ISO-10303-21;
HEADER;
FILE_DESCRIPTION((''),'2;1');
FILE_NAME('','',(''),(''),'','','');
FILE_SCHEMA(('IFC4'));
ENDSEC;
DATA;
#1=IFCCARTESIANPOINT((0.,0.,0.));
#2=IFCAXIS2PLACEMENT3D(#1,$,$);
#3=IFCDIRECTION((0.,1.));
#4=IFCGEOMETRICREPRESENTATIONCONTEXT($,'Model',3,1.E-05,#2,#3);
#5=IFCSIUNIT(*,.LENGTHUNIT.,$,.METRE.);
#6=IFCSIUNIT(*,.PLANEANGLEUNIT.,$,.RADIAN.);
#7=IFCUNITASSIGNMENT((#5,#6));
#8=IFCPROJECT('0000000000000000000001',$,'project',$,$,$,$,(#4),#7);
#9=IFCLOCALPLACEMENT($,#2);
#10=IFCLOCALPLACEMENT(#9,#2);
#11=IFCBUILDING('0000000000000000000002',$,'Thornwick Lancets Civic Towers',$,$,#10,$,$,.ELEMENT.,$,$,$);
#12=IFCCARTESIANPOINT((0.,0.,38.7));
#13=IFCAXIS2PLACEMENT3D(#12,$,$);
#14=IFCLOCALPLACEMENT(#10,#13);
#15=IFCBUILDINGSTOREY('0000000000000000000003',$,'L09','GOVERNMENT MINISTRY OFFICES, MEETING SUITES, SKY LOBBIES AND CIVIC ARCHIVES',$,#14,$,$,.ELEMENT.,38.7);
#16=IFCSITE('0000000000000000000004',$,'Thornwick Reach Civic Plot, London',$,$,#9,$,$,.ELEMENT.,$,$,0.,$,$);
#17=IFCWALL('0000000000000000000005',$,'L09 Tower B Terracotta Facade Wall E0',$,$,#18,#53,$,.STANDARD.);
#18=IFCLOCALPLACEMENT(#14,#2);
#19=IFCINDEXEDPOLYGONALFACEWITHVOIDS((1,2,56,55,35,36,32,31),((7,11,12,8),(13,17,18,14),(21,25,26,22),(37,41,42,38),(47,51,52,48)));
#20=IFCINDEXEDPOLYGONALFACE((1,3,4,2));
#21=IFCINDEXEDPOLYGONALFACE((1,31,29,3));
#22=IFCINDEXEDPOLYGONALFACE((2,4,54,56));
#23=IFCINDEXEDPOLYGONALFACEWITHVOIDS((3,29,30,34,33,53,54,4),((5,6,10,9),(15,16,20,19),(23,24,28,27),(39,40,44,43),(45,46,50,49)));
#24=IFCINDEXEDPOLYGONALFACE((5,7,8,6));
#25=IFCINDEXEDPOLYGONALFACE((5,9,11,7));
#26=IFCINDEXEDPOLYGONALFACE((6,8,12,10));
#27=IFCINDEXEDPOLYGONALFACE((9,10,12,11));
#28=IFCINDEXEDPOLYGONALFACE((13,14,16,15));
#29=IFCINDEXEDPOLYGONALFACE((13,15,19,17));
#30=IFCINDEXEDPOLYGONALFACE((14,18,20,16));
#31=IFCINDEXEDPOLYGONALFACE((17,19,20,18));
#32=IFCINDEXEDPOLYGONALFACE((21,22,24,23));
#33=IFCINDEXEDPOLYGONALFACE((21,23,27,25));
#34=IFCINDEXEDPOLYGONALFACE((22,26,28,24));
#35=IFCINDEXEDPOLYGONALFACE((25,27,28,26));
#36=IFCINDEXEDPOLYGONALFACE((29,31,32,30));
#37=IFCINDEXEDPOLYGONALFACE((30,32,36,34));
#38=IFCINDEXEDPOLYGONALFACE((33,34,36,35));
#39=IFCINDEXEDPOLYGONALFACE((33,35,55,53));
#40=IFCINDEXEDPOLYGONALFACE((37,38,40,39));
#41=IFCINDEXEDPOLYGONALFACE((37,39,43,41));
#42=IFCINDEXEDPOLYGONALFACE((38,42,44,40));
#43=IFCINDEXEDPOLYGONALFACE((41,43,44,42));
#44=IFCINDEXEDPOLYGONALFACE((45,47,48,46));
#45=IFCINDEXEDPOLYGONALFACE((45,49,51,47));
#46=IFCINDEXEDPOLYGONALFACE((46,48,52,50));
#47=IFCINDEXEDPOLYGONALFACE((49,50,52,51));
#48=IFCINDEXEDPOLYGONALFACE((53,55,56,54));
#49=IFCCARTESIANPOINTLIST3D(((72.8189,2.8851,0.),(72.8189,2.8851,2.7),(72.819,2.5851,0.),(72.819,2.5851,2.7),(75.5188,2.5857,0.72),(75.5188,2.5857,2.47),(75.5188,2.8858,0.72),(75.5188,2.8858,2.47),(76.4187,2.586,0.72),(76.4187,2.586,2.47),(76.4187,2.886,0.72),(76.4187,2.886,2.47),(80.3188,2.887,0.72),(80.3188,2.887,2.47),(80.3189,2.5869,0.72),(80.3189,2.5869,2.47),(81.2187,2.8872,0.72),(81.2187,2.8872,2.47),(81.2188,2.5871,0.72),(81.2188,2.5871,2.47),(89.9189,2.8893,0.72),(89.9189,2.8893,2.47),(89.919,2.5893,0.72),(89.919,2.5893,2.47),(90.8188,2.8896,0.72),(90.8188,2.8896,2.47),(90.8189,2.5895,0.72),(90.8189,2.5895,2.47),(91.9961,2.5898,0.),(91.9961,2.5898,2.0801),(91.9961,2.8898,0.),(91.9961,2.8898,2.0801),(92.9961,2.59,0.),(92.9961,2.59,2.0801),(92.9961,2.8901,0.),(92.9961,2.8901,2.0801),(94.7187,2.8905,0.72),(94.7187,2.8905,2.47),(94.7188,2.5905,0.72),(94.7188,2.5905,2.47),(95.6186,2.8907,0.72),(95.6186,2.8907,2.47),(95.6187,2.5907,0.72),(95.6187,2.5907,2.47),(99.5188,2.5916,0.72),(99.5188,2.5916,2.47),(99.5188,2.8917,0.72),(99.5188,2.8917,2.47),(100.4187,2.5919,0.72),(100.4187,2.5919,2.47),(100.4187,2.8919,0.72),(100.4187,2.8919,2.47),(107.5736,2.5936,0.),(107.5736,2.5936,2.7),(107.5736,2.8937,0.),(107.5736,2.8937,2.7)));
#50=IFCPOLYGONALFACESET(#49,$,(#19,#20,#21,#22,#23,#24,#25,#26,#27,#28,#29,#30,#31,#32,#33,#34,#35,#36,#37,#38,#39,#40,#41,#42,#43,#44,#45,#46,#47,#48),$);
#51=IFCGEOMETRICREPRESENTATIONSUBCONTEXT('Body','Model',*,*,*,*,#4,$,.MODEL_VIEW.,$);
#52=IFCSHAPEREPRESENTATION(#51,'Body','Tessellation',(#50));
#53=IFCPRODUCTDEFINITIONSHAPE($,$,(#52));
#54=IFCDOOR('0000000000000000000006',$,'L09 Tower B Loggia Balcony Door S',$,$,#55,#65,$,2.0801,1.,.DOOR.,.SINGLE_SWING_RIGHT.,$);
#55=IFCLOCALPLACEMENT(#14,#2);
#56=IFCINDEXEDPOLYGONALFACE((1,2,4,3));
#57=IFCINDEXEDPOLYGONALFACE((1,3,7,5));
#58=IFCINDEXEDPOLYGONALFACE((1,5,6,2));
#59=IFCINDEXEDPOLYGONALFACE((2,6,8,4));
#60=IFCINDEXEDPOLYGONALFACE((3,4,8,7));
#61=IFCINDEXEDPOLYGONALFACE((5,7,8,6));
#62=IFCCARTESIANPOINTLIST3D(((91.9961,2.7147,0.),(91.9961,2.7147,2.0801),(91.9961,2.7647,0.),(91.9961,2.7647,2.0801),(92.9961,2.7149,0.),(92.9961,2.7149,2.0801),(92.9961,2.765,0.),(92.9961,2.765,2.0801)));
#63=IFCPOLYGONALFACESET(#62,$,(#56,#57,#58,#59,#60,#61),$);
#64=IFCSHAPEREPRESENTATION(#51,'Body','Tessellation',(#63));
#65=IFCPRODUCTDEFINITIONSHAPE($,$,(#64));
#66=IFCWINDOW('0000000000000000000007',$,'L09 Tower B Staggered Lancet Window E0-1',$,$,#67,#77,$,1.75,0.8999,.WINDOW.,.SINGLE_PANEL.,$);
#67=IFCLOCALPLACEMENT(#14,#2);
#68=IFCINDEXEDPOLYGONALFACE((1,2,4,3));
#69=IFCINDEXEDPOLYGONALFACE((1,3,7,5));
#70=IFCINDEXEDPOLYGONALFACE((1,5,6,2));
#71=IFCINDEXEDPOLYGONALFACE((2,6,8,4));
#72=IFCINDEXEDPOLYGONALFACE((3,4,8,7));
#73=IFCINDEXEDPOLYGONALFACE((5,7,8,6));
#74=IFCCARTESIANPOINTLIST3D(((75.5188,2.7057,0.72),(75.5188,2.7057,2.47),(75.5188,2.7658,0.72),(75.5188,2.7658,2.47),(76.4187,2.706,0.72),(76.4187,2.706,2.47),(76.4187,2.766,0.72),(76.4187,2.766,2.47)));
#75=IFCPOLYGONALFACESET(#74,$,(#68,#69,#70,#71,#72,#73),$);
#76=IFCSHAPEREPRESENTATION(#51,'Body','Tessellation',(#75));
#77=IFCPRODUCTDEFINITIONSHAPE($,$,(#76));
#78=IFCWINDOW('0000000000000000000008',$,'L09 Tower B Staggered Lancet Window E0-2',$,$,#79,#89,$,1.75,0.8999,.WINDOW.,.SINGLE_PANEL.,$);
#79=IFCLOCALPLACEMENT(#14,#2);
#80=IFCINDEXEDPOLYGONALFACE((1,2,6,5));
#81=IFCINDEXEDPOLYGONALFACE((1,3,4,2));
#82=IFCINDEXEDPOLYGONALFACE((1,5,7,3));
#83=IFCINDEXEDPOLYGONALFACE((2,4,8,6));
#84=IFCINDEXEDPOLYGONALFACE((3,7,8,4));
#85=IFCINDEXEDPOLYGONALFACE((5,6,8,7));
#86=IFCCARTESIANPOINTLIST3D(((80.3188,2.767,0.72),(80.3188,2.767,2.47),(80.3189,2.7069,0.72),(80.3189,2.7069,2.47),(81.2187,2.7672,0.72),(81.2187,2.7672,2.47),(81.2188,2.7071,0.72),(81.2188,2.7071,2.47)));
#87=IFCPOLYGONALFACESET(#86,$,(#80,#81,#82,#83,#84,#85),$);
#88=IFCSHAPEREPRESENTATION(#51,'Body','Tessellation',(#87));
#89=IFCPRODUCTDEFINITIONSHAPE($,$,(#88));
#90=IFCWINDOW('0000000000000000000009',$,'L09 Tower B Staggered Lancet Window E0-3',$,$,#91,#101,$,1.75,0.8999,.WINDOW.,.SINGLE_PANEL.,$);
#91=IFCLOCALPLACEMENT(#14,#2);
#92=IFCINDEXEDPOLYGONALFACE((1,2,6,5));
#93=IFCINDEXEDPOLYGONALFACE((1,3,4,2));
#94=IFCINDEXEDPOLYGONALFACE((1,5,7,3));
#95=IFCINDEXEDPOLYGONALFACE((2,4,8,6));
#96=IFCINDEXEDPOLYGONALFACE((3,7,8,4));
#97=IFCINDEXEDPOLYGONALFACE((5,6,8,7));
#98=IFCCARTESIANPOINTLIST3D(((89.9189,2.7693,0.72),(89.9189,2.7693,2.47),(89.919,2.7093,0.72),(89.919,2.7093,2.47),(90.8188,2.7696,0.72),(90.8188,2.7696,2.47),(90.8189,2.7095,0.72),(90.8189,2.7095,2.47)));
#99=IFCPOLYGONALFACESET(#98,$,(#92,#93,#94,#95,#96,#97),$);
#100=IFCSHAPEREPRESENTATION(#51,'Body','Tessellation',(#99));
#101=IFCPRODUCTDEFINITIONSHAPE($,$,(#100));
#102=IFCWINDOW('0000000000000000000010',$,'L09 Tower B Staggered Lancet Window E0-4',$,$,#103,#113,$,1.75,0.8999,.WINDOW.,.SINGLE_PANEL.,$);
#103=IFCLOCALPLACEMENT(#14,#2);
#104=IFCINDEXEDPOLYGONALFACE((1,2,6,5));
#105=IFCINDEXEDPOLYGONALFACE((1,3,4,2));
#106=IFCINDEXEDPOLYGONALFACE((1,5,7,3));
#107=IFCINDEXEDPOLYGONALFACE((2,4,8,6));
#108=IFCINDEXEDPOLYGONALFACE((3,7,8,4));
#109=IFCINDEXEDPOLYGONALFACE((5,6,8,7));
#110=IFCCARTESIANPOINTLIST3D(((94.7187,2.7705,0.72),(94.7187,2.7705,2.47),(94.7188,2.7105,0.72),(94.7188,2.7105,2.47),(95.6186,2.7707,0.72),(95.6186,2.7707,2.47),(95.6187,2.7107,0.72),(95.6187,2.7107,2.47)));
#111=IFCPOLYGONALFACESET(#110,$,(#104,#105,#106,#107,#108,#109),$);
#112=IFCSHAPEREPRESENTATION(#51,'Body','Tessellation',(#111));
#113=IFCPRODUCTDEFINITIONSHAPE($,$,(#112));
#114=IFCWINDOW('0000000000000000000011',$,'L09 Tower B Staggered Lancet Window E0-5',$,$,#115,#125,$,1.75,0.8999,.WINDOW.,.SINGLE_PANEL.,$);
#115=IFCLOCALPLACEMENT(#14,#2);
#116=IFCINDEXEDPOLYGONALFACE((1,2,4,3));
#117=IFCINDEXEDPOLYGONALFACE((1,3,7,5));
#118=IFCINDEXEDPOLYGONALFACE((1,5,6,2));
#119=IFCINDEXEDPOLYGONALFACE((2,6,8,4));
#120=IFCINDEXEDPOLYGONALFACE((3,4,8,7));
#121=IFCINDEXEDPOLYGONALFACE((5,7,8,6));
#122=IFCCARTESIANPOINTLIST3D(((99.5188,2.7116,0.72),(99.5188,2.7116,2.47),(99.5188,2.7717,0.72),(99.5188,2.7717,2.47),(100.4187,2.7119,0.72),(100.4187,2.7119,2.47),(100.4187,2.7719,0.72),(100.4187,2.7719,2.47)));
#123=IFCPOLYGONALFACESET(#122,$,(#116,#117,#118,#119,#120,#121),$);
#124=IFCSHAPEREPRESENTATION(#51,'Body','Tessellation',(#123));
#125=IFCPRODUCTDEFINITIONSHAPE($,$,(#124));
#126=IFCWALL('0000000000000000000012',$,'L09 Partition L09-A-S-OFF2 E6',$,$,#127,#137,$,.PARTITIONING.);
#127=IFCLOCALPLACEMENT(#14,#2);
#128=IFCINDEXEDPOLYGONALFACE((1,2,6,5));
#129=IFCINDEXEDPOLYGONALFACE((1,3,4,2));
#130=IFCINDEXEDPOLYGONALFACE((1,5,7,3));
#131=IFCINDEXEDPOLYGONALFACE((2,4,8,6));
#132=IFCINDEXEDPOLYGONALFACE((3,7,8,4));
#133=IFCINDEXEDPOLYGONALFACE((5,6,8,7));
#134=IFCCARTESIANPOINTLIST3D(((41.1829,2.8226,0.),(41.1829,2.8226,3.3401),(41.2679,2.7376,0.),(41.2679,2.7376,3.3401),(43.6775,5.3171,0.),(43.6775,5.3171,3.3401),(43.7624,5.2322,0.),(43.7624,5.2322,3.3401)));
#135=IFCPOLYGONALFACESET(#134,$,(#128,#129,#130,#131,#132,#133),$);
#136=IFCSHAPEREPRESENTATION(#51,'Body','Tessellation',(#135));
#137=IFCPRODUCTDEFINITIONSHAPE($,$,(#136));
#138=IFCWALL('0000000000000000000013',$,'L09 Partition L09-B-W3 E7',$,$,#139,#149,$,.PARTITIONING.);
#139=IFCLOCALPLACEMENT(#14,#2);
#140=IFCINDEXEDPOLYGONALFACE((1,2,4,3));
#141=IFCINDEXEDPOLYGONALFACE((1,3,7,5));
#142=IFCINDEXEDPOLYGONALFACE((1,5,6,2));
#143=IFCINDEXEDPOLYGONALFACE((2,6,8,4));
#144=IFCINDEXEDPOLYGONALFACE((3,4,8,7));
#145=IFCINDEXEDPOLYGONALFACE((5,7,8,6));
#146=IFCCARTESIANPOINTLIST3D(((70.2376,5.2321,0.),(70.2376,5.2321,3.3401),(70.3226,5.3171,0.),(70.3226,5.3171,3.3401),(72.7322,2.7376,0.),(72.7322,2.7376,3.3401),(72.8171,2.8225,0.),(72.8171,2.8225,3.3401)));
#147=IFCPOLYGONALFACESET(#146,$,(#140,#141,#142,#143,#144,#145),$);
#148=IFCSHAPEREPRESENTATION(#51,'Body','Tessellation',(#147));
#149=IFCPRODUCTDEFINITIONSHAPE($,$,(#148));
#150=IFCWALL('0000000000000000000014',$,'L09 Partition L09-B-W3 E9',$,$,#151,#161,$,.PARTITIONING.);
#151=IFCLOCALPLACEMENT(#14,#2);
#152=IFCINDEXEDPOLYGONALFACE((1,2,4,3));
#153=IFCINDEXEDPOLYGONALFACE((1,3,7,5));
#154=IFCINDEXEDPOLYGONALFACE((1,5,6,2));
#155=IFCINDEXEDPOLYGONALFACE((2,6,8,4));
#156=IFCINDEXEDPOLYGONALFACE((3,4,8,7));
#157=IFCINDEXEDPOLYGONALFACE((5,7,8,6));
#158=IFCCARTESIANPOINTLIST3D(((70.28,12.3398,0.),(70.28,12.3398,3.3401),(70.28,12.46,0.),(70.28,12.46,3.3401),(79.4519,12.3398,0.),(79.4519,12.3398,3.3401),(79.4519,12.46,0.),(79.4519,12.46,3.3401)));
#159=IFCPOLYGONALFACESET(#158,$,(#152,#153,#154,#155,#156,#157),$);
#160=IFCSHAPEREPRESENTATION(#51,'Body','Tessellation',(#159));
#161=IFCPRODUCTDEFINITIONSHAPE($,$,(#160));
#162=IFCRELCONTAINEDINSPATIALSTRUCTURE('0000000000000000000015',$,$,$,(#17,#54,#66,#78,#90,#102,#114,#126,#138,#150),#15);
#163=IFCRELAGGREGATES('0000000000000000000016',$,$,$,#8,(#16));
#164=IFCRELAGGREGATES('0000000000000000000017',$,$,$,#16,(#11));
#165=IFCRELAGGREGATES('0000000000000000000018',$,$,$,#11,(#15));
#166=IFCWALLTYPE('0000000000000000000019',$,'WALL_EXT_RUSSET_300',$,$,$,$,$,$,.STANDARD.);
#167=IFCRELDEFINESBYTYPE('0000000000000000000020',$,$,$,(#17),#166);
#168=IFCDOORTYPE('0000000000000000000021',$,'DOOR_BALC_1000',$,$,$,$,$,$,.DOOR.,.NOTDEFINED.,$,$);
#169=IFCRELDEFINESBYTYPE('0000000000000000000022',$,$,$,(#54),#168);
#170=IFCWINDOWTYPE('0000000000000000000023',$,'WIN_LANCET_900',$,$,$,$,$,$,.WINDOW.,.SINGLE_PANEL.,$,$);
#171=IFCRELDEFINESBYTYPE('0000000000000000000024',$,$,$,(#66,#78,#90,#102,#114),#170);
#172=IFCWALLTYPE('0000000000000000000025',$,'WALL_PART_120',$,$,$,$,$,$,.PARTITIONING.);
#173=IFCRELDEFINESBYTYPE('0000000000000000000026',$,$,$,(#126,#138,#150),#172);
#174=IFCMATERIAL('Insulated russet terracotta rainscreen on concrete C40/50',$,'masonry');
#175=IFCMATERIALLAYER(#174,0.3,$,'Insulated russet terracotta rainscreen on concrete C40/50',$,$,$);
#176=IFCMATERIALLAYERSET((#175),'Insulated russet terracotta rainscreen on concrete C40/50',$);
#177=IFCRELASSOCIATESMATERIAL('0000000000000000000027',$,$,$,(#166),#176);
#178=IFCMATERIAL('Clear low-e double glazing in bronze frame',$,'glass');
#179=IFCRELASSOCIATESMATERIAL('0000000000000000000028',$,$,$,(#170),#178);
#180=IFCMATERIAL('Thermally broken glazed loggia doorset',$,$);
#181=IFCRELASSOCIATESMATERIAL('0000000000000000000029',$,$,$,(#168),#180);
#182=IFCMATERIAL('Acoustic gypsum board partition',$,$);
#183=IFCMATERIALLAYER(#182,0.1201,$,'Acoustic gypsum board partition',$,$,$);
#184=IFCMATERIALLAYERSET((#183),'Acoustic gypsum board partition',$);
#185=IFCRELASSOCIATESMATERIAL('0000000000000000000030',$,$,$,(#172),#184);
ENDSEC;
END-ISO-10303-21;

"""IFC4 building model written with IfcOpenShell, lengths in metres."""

from ifc_helpers import new_model, si_unit, direction, frame, frame_2d, origin, place, context, subcontext, project, spatial, rectangle, extrude, material, layer, layer_set, type_object, element, fill, save


model = new_model("IFC4")

# Units and contexts
model_context = context("Model", 3, precision=1e-05, world=origin(), true_north=direction((0.0, 1.0)))
body_context = subcontext(model_context, "Body", "Model", "MODEL_VIEW")
ifc_project = project(units=[si_unit("LENGTHUNIT", "METRE"), si_unit("PLANEANGLEUNIT", "RADIAN")], contexts=[model_context])

# Site, building, storey
site_placement = place(None, origin())
site = spatial("IfcSite", under=ifc_project, at=site_placement, Name="Thornwick Reach Civic Plot, London", CompositionType="ELEMENT", RefElevation=0.0)
building_placement = place(site_placement, origin())
building = spatial("IfcBuilding", under=site, at=building_placement, Name="Thornwick Lancets Civic Towers", CompositionType="ELEMENT")
storey_placement = place(building_placement, frame((0.0, 0.0, 38.7)))
storey = spatial("IfcBuildingStorey", under=building, at=storey_placement, Name="L09", Description="GOVERNMENT MINISTRY OFFICES, MEETING SUITES, SKY LOBBIES AND CIVIC ARCHIVES", CompositionType="ELEMENT", Elevation=38.7)

# Shared definitions
ifc_material_1 = material(Name="Insulated russet terracotta rainscreen on concrete C40/50", Category="masonry")
ifc_layer_1 = layer(ifc_material_1, 0.3, Name="Insulated russet terracotta rainscreen on concrete C40/50")
ifc_layer_set_1 = layer_set([ifc_layer_1], Name="Insulated russet terracotta rainscreen on concrete C40/50")
wall_type_1 = type_object("IfcWallType", Name="WALL_EXT_RUSSET_300", PredefinedType="STANDARD", material=ifc_layer_set_1)
ifc_material_2 = material(Name="Clear low-e double glazing in bronze frame", Category="glass")
window_type = type_object("IfcWindowType", Name="WIN_LANCET_900", PartitioningType="SINGLE_PANEL", PredefinedType="WINDOW", material=ifc_material_2)

# Wall, openings, door, windows
wall_1_placement = place(storey_placement, frame((72.8188, 2.7351, 0.0), z_axis=(0.0, 0.0, 1.0), x_axis=(1.0, 0.000246, 0.0)))
wall_1 = element("IfcWall", 1, at=wall_1_placement, inside=storey, type_object=wall_type_1, Name="L09 Tower B Terracotta Facade Wall E0", PredefinedType="STANDARD", context=body_context, shape_type="SweptSolid", body=[
    extrude(rectangle(XDim=34.7546, YDim=0.3, at=frame_2d((17.3774, 0.0))), origin(), (0.0, 0.0, 1.0), 2.7),
])
opening_1_placement = place(wall_1_placement, frame((19.1772, 0.0, 0.0)))
opening_1 = element("IfcOpeningElement", 2, at=opening_1_placement, cuts=wall_1, PredefinedType="OPENING", context=body_context, shape_type="SweptSolid", body=[
    extrude(rectangle(XDim=1.0, YDim=2.0801, at=frame_2d((0.5, 1.04))), frame((0.0, 0.1602, 0.0), z_axis=(0.0, -1.0, 0.0), x_axis=(1.0, 0.0, 0.0)), (0.0, 0.0, 1.0), 0.3201),
])
opening_2_placement = place(wall_1_placement, frame((2.7, 0.0, 0.72)))
opening_2 = element("IfcOpeningElement", 3, at=opening_2_placement, cuts=wall_1, PredefinedType="OPENING", context=body_context, shape_type="SweptSolid", body=[
    extrude(rectangle(XDim=0.8999, YDim=1.75, at=frame_2d((0.45, 0.875))), frame((0.0, 0.1602, 0.0), z_axis=(0.0, -1.0, 0.0), x_axis=(1.0, 0.0, 0.0)), (0.0, 0.0, 1.0), 0.3201),
])
opening_3_placement = place(wall_1_placement, frame((7.5, 0.0, 0.72)))
opening_3 = element("IfcOpeningElement", 4, at=opening_3_placement, cuts=wall_1, PredefinedType="OPENING", context=body_context, shape_type="SweptSolid", body=[
    extrude(rectangle(XDim=0.8999, YDim=1.75, at=frame_2d((0.45, 0.875))), frame((0.0, 0.1602, 0.0), z_axis=(0.0, -1.0, 0.0), x_axis=(1.0, 0.0, 0.0)), (0.0, 0.0, 1.0), 0.3201),
])
opening_4_placement = place(wall_1_placement, frame((17.1001, 0.0, 0.72)))
opening_4 = element("IfcOpeningElement", 5, at=opening_4_placement, cuts=wall_1, PredefinedType="OPENING", context=body_context, shape_type="SweptSolid", body=[
    extrude(rectangle(XDim=0.8999, YDim=1.75, at=frame_2d((0.45, 0.875))), frame((0.0, 0.1602, 0.0), z_axis=(0.0, -1.0, 0.0), x_axis=(1.0, 0.0, 0.0)), (0.0, 0.0, 1.0), 0.3201),
])
opening_5_placement = place(wall_1_placement, frame((21.8999, 0.0, 0.72)))
opening_5 = element("IfcOpeningElement", 6, at=opening_5_placement, cuts=wall_1, PredefinedType="OPENING", context=body_context, shape_type="SweptSolid", body=[
    extrude(rectangle(XDim=0.8999, YDim=1.75, at=frame_2d((0.45, 0.875))), frame((0.0, 0.1602, 0.0), z_axis=(0.0, -1.0, 0.0), x_axis=(1.0, 0.0, 0.0)), (0.0, 0.0, 1.0), 0.3201),
])
opening_6_placement = place(wall_1_placement, frame((26.7, 0.0, 0.72)))
opening_6 = element("IfcOpeningElement", 7, at=opening_6_placement, cuts=wall_1, PredefinedType="OPENING", context=body_context, shape_type="SweptSolid", body=[
    extrude(rectangle(XDim=0.8999, YDim=1.75, at=frame_2d((0.45, 0.875))), frame((0.0, 0.1602, 0.0), z_axis=(0.0, -1.0, 0.0), x_axis=(1.0, 0.0, 0.0)), (0.0, 0.0, 1.0), 0.3201),
])
ifc_material_3 = material(Name="Thermally broken glazed loggia doorset")
door_type = type_object("IfcDoorType", Name="DOOR_BALC_1000", OperationType="NOTDEFINED", PredefinedType="DOOR", material=ifc_material_3)
door_placement = place(opening_1_placement, origin())
door = element("IfcDoor", 8, at=door_placement, inside=storey, type_object=door_type, Name="L09 Tower B Loggia Balcony Door S", OperationType="SINGLE_SWING_RIGHT", OverallHeight=2.0801, OverallWidth=1.0, PredefinedType="DOOR", context=body_context, shape_type="SweptSolid", body=[
    extrude(rectangle(XDim=1.0, YDim=2.0801, at=frame_2d((0.5, 1.04))), frame((0.0, 0.0249, 0.0), z_axis=(0.0, -1.0, 0.0), x_axis=(1.0, 0.0, 0.0)), (0.0, 0.0, 1.0), 0.05),
])
fill(opening_1, door)
window_1_placement = place(opening_2_placement, origin())
window_1 = element("IfcWindow", 9, at=window_1_placement, inside=storey, type_object=window_type, Name="L09 Tower B Staggered Lancet Window E0-1", OverallHeight=1.75, OverallWidth=0.8999, PartitioningType="SINGLE_PANEL", PredefinedType="WINDOW", context=body_context, shape_type="SweptSolid", body=[
    extrude(rectangle(XDim=0.8999, YDim=1.75, at=frame_2d((0.45, 0.875))), frame((0.0, 0.03, 0.0), z_axis=(0.0, -1.0, 0.0), x_axis=(1.0, 0.0, 0.0)), (0.0, 0.0, 1.0), 0.0601),
])
fill(opening_2, window_1)
window_2_placement = place(opening_3_placement, origin())
window_2 = element("IfcWindow", 10, at=window_2_placement, inside=storey, type_object=window_type, Name="L09 Tower B Staggered Lancet Window E0-2", OverallHeight=1.75, OverallWidth=0.8999, PartitioningType="SINGLE_PANEL", PredefinedType="WINDOW", context=body_context, shape_type="SweptSolid", body=[
    extrude(rectangle(XDim=0.8999, YDim=1.75, at=frame_2d((0.45, 0.875))), frame((0.0, 0.03, 0.0), z_axis=(0.0, -1.0, 0.0), x_axis=(1.0, 0.0, 0.0)), (0.0, 0.0, 1.0), 0.0601),
])
fill(opening_3, window_2)
window_3_placement = place(opening_4_placement, origin())
window_3 = element("IfcWindow", 11, at=window_3_placement, inside=storey, type_object=window_type, Name="L09 Tower B Staggered Lancet Window E0-3", OverallHeight=1.75, OverallWidth=0.8999, PartitioningType="SINGLE_PANEL", PredefinedType="WINDOW", context=body_context, shape_type="SweptSolid", body=[
    extrude(rectangle(XDim=0.8999, YDim=1.75, at=frame_2d((0.45, 0.875))), frame((0.0, 0.03, 0.0), z_axis=(0.0, -1.0, 0.0), x_axis=(1.0, 0.0, 0.0)), (0.0, 0.0, 1.0), 0.0601),
])
fill(opening_4, window_3)
window_4_placement = place(opening_5_placement, origin())
window_4 = element("IfcWindow", 12, at=window_4_placement, inside=storey, type_object=window_type, Name="L09 Tower B Staggered Lancet Window E0-4", OverallHeight=1.75, OverallWidth=0.8999, PartitioningType="SINGLE_PANEL", PredefinedType="WINDOW", context=body_context, shape_type="SweptSolid", body=[
    extrude(rectangle(XDim=0.8999, YDim=1.75, at=frame_2d((0.45, 0.875))), frame((0.0, 0.03, 0.0), z_axis=(0.0, -1.0, 0.0), x_axis=(1.0, 0.0, 0.0)), (0.0, 0.0, 1.0), 0.0601),
])
fill(opening_5, window_4)
window_5_placement = place(opening_6_placement, origin())
window_5 = element("IfcWindow", 13, at=window_5_placement, inside=storey, type_object=window_type, Name="L09 Tower B Staggered Lancet Window E0-5", OverallHeight=1.75, OverallWidth=0.8999, PartitioningType="SINGLE_PANEL", PredefinedType="WINDOW", context=body_context, shape_type="SweptSolid", body=[
    extrude(rectangle(XDim=0.8999, YDim=1.75, at=frame_2d((0.45, 0.875))), frame((0.0, 0.03, 0.0), z_axis=(0.0, -1.0, 0.0), x_axis=(1.0, 0.0, 0.0)), (0.0, 0.0, 1.0), 0.0601),
])
fill(opening_6, window_5)

# Walls
ifc_material_4 = material(Name="Acoustic gypsum board partition")
ifc_layer_2 = layer(ifc_material_4, 0.1201, Name="Acoustic gypsum board partition")
ifc_layer_set_2 = layer_set([ifc_layer_2], Name="Acoustic gypsum board partition")
wall_type_2 = type_object("IfcWallType", Name="WALL_PART_120", PredefinedType="PARTITIONING", material=ifc_layer_set_2)
for number, where, z_axis, x_axis, name in (
    (14, (43.72, 5.2747, 0.0), (0.0, 0.0, 1.0), (-0.707107, -0.707107, 0.0), "L09 Partition L09-A-S-OFF2 E6"),
    (15, (72.7747, 2.78, 0.0), (0.0, 0.0, 1.0), (-0.707107, 0.707107, 0.0), "L09 Partition L09-B-W3 E7"),
):
    element("IfcWall", number, at=place(storey_placement, frame(where, z_axis=z_axis, x_axis=x_axis)), inside=storey, type_object=wall_type_2, Name=name, PredefinedType="PARTITIONING", context=body_context, shape_type="SweptSolid", body=[
        extrude(rectangle(XDim=3.5278, YDim=0.1201, at=frame_2d((1.7639, 0.0))), origin(), (0.0, 0.0, 1.0), 3.3401),
    ])
wall_2_placement = place(storey_placement, frame((70.28, 12.3999, 0.0), z_axis=(0.0, 0.0, 1.0), x_axis=(1.0, 0.0, 0.0)))
element("IfcWall", 16, at=wall_2_placement, inside=storey, type_object=wall_type_2, Name="L09 Partition L09-B-W3 E9", PredefinedType="PARTITIONING", context=body_context, shape_type="SweptSolid", body=[
    extrude(rectangle(XDim=9.1719, YDim=0.1201, at=frame_2d((4.5859, 0.0))), origin(), (0.0, 0.0, 1.0), 3.3401),
])

save(model, "model.ifc")
